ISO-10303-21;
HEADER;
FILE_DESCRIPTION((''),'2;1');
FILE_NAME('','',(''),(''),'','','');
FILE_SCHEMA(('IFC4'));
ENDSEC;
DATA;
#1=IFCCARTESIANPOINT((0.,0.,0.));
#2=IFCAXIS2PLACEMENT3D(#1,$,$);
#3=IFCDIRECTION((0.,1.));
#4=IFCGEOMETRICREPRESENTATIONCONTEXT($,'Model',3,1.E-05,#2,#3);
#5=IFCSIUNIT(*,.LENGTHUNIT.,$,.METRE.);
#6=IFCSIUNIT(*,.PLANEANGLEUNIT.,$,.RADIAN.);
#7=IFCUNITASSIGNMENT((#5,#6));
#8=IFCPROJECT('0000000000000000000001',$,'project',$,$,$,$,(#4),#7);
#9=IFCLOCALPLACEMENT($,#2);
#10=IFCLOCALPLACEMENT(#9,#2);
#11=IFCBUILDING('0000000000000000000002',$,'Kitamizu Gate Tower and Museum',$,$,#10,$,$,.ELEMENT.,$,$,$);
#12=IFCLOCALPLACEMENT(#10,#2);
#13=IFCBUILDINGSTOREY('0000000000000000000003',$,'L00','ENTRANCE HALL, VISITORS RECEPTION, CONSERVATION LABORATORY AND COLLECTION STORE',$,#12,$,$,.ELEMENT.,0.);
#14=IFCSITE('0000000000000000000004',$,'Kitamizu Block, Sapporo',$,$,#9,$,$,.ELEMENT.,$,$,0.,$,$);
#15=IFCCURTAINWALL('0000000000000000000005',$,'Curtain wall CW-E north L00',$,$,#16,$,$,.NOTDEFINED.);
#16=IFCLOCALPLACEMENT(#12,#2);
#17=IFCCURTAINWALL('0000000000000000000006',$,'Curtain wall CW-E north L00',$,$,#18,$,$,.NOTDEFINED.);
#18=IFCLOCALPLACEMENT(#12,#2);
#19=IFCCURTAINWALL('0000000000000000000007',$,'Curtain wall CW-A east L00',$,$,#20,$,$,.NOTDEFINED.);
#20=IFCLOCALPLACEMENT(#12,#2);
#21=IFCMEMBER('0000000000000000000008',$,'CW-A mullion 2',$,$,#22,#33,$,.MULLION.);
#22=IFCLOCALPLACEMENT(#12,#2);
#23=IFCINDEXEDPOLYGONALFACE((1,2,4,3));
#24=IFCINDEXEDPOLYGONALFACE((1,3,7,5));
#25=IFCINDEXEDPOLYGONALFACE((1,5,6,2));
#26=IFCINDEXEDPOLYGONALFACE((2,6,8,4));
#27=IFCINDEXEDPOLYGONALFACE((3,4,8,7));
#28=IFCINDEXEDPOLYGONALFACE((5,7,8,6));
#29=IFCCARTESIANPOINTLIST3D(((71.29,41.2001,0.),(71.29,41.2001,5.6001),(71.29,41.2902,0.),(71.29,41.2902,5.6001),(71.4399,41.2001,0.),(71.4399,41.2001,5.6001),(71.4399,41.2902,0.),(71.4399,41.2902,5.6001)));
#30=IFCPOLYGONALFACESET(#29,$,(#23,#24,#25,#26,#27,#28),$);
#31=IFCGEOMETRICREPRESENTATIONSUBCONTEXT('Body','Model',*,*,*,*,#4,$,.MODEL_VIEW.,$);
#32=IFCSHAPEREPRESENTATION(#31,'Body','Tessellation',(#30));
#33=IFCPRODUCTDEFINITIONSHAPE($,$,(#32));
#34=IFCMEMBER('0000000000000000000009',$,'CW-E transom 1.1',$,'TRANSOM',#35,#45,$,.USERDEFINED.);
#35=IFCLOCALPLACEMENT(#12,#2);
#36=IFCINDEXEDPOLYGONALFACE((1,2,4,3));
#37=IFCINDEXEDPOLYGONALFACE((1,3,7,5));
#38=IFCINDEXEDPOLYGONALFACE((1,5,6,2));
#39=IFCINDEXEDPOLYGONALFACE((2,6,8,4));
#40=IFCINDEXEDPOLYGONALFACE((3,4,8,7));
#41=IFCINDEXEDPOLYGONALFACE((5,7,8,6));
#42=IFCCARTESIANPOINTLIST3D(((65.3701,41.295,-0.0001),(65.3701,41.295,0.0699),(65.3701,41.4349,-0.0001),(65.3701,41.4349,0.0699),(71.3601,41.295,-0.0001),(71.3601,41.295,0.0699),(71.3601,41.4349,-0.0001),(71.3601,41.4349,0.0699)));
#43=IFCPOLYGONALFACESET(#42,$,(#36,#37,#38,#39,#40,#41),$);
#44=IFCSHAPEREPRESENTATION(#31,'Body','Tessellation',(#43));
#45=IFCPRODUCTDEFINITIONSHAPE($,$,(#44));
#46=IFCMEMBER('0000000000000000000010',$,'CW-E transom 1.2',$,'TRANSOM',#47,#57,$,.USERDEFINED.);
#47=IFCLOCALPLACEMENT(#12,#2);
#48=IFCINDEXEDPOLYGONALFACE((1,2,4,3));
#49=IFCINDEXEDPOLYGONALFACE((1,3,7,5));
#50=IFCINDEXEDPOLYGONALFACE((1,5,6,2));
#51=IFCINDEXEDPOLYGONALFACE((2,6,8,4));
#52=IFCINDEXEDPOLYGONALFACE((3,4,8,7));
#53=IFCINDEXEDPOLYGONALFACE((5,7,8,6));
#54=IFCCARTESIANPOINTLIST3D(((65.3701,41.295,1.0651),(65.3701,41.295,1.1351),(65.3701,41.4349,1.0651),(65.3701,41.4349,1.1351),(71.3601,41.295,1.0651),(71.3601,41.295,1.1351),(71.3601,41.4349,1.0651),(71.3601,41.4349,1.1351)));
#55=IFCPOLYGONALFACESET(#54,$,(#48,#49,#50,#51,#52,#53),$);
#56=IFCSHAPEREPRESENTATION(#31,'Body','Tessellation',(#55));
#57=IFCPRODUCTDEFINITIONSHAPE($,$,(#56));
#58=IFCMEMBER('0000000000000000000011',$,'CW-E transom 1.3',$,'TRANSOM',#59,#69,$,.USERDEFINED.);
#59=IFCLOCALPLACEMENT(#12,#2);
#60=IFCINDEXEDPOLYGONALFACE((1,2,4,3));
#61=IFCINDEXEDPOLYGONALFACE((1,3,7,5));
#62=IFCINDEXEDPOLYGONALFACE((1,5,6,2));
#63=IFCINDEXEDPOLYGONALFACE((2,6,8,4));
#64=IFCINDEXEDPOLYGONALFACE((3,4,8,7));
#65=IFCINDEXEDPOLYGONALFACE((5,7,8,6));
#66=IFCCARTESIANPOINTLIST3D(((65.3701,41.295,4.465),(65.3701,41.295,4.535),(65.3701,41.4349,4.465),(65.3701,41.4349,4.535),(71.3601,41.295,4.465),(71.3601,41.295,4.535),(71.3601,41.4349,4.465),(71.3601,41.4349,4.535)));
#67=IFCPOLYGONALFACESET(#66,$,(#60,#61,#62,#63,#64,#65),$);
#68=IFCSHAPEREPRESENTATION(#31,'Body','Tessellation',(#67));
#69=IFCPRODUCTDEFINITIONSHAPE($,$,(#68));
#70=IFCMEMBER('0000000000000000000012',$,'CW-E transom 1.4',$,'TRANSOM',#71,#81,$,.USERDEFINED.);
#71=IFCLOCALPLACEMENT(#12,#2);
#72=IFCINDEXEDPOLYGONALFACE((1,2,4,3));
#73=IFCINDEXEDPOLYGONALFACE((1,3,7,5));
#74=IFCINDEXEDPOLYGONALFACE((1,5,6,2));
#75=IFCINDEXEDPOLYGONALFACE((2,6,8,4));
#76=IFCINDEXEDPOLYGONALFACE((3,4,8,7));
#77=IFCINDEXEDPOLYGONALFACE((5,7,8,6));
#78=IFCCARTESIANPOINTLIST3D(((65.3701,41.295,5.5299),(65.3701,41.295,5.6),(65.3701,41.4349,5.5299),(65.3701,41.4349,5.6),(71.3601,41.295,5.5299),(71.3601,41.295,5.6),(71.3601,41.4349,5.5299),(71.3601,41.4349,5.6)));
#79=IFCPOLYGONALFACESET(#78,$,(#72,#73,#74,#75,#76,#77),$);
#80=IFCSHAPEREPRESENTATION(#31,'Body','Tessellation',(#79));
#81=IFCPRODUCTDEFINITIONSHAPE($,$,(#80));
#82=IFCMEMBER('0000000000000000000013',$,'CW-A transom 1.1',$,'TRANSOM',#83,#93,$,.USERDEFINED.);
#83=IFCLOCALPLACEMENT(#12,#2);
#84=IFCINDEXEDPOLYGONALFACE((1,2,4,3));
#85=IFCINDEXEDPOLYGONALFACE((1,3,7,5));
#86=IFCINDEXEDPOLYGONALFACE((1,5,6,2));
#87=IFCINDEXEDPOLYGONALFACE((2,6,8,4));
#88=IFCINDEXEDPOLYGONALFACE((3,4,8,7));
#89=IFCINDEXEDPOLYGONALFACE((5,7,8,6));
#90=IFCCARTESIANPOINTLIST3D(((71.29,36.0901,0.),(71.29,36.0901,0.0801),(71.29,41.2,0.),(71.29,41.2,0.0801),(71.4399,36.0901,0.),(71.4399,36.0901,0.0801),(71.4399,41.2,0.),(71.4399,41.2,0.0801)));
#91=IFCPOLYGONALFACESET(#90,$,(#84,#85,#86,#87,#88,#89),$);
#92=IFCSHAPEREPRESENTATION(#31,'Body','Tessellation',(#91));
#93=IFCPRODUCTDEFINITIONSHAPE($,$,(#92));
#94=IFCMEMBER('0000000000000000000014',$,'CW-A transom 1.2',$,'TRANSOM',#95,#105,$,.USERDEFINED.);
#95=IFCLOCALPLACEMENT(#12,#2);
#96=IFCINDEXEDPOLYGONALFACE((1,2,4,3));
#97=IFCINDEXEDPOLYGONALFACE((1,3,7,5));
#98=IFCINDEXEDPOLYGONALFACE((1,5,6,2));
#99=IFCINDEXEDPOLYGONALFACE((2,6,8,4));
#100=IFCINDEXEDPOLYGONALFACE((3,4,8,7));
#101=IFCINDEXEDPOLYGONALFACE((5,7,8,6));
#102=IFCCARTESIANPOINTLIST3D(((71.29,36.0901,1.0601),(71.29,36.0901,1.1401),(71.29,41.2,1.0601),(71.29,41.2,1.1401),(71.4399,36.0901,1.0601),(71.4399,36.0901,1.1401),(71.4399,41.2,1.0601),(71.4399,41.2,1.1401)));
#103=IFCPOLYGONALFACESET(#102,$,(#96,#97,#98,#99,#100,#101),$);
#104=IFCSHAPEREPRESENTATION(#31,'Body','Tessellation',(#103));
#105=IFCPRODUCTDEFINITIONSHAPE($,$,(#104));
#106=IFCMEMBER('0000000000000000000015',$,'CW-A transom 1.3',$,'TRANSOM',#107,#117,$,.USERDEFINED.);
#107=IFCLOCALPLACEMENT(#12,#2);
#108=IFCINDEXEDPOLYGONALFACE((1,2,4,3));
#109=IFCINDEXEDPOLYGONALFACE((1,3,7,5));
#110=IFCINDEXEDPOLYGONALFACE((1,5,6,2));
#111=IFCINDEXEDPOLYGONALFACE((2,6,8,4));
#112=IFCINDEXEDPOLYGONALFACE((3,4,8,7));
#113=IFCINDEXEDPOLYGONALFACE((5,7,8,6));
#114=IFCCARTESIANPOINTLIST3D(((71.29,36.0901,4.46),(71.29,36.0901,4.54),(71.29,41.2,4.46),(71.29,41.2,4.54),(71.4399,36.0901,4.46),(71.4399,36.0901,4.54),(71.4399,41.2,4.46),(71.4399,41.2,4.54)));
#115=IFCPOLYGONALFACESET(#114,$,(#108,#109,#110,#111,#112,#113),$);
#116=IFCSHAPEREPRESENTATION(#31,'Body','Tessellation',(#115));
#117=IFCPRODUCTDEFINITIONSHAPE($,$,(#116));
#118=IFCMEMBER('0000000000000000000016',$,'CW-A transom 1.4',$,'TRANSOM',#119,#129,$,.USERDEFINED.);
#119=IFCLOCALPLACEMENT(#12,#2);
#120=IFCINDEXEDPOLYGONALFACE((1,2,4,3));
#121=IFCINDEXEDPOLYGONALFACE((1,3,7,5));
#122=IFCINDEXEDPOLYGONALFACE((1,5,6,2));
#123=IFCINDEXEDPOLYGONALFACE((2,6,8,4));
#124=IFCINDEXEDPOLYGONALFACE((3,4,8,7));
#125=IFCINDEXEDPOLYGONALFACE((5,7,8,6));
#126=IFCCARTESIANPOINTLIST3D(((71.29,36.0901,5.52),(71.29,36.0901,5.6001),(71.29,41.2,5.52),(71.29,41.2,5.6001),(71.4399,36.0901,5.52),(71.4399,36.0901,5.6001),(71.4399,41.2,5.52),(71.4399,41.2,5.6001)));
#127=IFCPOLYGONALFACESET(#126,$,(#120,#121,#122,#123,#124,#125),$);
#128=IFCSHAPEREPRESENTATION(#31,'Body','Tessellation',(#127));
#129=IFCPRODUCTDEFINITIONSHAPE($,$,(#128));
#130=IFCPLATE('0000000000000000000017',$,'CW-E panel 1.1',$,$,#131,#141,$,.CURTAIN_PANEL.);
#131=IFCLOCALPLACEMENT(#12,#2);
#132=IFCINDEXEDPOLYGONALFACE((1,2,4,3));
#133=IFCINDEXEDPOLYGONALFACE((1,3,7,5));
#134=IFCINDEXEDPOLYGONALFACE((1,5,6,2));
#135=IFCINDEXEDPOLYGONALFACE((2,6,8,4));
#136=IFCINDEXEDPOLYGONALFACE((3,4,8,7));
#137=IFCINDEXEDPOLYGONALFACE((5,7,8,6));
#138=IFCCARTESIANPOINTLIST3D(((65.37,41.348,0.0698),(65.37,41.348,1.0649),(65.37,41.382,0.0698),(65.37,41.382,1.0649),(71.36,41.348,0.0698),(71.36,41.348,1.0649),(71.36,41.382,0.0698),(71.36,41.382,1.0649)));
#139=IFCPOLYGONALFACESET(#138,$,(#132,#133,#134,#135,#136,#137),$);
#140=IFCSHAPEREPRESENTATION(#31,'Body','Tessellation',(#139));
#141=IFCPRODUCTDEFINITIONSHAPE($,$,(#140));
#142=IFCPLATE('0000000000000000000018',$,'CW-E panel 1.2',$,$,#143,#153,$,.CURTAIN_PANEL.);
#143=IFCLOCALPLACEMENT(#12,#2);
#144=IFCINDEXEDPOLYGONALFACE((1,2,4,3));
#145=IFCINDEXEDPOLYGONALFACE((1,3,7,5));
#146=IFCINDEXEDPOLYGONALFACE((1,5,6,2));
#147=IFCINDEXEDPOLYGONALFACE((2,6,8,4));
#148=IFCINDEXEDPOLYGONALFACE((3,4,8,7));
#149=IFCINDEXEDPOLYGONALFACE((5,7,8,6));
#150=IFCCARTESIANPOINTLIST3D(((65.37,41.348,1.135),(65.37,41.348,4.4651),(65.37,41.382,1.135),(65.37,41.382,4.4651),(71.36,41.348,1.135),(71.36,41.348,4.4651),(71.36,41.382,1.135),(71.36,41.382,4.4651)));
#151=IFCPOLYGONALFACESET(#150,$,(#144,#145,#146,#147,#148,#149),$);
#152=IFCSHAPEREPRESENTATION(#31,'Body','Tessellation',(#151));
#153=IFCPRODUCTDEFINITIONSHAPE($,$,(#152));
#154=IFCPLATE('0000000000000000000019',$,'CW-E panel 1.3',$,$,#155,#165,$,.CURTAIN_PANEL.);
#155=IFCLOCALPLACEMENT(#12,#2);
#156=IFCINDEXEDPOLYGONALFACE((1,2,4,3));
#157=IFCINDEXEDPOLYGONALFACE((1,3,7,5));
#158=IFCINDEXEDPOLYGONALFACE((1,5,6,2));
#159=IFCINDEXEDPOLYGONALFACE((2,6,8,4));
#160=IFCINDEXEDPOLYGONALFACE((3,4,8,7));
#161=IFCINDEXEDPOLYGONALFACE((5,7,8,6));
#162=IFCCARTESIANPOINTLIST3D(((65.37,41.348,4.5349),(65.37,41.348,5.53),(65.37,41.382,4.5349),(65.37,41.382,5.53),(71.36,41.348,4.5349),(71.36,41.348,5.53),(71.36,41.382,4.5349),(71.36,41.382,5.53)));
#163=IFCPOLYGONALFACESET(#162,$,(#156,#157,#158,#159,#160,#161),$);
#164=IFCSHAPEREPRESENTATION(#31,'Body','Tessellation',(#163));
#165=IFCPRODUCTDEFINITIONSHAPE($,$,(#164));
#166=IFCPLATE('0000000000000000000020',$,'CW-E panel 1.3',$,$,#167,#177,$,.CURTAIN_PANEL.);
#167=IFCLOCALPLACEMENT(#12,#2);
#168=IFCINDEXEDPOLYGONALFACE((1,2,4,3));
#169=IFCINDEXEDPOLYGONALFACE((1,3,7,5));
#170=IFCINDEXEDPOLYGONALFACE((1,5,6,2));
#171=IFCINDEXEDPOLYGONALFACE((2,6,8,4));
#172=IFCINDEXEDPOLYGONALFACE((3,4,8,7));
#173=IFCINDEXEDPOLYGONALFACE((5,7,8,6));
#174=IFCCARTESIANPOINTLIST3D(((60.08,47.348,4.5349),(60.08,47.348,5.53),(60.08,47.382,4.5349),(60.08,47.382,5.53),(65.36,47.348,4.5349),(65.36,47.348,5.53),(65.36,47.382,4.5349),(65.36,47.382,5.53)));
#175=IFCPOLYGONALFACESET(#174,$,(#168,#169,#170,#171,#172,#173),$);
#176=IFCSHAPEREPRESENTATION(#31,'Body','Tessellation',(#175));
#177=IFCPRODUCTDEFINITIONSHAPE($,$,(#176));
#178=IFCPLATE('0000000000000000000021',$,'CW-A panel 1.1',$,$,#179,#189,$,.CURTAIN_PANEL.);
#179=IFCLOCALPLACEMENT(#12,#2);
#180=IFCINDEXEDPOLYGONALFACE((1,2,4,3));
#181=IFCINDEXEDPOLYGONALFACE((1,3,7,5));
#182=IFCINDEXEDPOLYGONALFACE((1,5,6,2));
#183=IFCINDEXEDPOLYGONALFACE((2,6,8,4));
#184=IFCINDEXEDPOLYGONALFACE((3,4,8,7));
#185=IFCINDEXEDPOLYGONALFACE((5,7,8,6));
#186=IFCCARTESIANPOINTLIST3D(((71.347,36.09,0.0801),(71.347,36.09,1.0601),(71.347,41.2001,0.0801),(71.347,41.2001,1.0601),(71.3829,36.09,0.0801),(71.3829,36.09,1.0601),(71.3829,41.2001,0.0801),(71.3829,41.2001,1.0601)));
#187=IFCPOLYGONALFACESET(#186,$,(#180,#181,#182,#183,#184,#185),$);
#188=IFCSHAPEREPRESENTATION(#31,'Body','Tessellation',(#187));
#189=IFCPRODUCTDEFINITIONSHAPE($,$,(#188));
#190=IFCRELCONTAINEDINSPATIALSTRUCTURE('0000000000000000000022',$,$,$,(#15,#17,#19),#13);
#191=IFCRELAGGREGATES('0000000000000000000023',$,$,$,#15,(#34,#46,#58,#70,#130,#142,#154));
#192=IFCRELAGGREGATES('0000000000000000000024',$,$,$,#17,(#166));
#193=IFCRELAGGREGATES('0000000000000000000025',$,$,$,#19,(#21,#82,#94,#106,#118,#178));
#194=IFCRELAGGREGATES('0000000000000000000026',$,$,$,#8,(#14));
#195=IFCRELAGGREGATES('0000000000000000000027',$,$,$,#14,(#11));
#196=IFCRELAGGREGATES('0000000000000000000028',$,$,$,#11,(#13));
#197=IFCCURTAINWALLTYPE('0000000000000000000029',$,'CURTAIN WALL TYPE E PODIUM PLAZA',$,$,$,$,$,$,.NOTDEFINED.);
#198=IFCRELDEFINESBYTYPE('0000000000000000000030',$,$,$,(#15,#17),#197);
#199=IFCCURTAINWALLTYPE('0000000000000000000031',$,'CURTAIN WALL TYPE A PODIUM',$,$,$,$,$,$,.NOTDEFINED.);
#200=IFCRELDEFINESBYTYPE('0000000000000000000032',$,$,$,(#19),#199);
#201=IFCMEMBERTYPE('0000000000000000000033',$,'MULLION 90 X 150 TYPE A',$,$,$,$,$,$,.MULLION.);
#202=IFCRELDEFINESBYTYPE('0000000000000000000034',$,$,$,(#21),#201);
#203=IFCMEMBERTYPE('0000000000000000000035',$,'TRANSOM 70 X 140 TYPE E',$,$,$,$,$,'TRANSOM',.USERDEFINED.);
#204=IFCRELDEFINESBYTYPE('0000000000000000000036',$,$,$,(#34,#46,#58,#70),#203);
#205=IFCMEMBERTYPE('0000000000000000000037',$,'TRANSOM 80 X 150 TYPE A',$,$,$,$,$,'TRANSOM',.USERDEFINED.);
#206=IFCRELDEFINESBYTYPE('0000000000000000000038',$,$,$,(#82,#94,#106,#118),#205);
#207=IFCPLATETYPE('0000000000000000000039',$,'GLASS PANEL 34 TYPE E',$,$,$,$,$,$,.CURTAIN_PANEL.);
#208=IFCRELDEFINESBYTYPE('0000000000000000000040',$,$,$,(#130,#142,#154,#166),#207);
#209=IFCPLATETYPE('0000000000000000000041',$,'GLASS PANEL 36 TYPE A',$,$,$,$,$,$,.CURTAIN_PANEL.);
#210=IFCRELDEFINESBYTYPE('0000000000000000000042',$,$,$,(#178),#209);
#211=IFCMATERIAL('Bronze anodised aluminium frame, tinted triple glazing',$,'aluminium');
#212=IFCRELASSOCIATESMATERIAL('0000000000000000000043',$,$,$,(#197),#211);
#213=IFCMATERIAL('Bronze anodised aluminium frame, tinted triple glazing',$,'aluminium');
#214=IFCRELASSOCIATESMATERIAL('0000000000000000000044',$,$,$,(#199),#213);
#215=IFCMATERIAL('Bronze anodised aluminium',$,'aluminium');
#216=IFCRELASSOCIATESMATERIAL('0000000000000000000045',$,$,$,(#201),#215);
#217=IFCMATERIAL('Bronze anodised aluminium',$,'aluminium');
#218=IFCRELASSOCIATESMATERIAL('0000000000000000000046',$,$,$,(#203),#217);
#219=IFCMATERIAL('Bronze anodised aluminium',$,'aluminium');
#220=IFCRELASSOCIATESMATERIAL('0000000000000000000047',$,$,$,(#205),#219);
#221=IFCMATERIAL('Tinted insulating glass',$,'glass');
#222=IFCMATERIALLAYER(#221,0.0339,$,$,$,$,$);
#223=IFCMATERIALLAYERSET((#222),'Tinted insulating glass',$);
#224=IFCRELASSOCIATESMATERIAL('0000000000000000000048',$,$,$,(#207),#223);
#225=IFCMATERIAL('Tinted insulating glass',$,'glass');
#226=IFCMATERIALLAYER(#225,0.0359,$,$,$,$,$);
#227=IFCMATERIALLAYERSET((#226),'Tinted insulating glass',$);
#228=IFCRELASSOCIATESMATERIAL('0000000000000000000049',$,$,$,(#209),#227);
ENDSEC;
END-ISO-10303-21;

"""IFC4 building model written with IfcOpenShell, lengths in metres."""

from ifc_helpers import new_model, si_unit, direction, frame, origin, origin_2d, place, context, subcontext, project, spatial, rectangle, extrude, material, layer, layer_set, material_profile, profile_set, type_object, element, aggregate, save


model = new_model("IFC4")

# Units and contexts
model_context = context("Model", 3, precision=1e-05, world=origin(), true_north=direction((0.0, 1.0)))
body_context = subcontext(model_context, "Body", "Model", "MODEL_VIEW")
ifc_project = project(units=[si_unit("LENGTHUNIT", "METRE"), si_unit("PLANEANGLEUNIT", "RADIAN")], contexts=[model_context])

# Site, building, storey
site_placement = place(None, origin())
site = spatial("IfcSite", under=ifc_project, at=site_placement, Name="Kitamizu Block, Sapporo", CompositionType="ELEMENT", RefElevation=0.0)
building_placement = place(site_placement, origin())
building = spatial("IfcBuilding", under=site, at=building_placement, Name="Kitamizu Gate Tower and Museum", CompositionType="ELEMENT")
storey_placement = place(building_placement, origin())
storey = spatial("IfcBuildingStorey", under=building, at=storey_placement, Name="L00", Description="ENTRANCE HALL, VISITORS RECEPTION, CONSERVATION LABORATORY AND COLLECTION STORE", CompositionType="ELEMENT", Elevation=0.0)

# Curtain wall
ifc_material_1 = material(Name="Bronze anodised aluminium frame, tinted triple glazing", Category="aluminium")
curtain_wall_type_1 = type_object("IfcCurtainWallType", Name="CURTAIN WALL TYPE E PODIUM PLAZA", PredefinedType="NOTDEFINED", material=ifc_material_1)
curtain_wall_1_placement = place(storey_placement, origin())
curtain_wall_1 = element("IfcCurtainWall", 1, at=curtain_wall_1_placement, inside=storey, type_object=curtain_wall_type_1, Name="Curtain wall CW-E north L00", PredefinedType="NOTDEFINED")

# Curtain wall
curtain_wall_2_placement = place(storey_placement, origin())
curtain_wall_2 = element("IfcCurtainWall", 2, at=curtain_wall_2_placement, inside=storey, type_object=curtain_wall_type_1, Name="Curtain wall CW-E north L00", PredefinedType="NOTDEFINED")

# Curtain wall, member
ifc_material_2 = material(Name="Bronze anodised aluminium frame, tinted triple glazing", Category="aluminium")
curtain_wall_type_2 = type_object("IfcCurtainWallType", Name="CURTAIN WALL TYPE A PODIUM", PredefinedType="NOTDEFINED", material=ifc_material_2)
curtain_wall_3_placement = place(storey_placement, origin())
curtain_wall_3 = element("IfcCurtainWall", 3, at=curtain_wall_3_placement, inside=storey, type_object=curtain_wall_type_2, Name="Curtain wall CW-A east L00", PredefinedType="NOTDEFINED")
ifc_material_3 = material(Name="Bronze anodised aluminium", Category="aluminium")
ifc_material_profile_1 = material_profile(ifc_material_3, rectangle(XDim=0.0901, YDim=0.1499, at=origin_2d()), Name="AL 90X150")
ifc_profile_set_1 = profile_set([ifc_material_profile_1], Name="Bronze anodised aluminium")
member_type_1 = type_object("IfcMemberType", Name="MULLION 90 X 150 TYPE A", PredefinedType="MULLION", material=ifc_profile_set_1)
member_1_placement = place(storey_placement, frame((71.365, 41.2451, 0.0), z_axis=(0.0, 0.0, 1.0), x_axis=(0.0, 1.0, 0.0)))
member_1 = element("IfcMember", 4, at=member_1_placement, type_object=member_type_1, Name="CW-A mullion 2", PredefinedType="MULLION", context=body_context, shape_type="SweptSolid", body=[
    extrude(rectangle(XDim=0.0901, YDim=0.1499, at=origin_2d()), origin(), (0.0, 0.0, 1.0), 5.6001),
])

# Members
ifc_material_4 = material(Name="Bronze anodised aluminium", Category="aluminium")
ifc_material_profile_2 = material_profile(ifc_material_4, rectangle(XDim=0.1399, YDim=0.0701, at=origin_2d()), Name="AL 70X140")
ifc_profile_set_2 = profile_set([ifc_material_profile_2], Name="Bronze anodised aluminium")
member_type_2 = type_object("IfcMemberType", Name="TRANSOM 70 X 140 TYPE E", ElementType="TRANSOM", PredefinedType="USERDEFINED", material=ifc_profile_set_2)
member_2_placement = place(storey_placement, frame((65.3701, 41.365, 0.0349), z_axis=(1.0, 0.0, 0.0), x_axis=(0.0, 1.0, 0.0)))
member_2 = element("IfcMember", 5, at=member_2_placement, type_object=member_type_2, Name="CW-E transom 1.1", ObjectType="TRANSOM", PredefinedType="USERDEFINED", context=body_context, shape_type="SweptSolid", body=[
    extrude(rectangle(XDim=0.1399, YDim=0.0701, at=origin_2d()), origin(), (0.0, 0.0, 1.0), 5.99),
])
member_3_placement = place(storey_placement, frame((65.3701, 41.365, 1.1001), z_axis=(1.0, 0.0, 0.0), x_axis=(0.0, 1.0, 0.0)))
member_3 = element("IfcMember", 6, at=member_3_placement, type_object=member_type_2, Name="CW-E transom 1.2", ObjectType="TRANSOM", PredefinedType="USERDEFINED", context=body_context, shape_type="SweptSolid", body=[
    extrude(rectangle(XDim=0.1399, YDim=0.0701, at=origin_2d()), origin(), (0.0, 0.0, 1.0), 5.99),
])
member_4_placement = place(storey_placement, frame((65.3701, 41.365, 4.5), z_axis=(1.0, 0.0, 0.0), x_axis=(0.0, 1.0, 0.0)))
member_4 = element("IfcMember", 7, at=member_4_placement, type_object=member_type_2, Name="CW-E transom 1.3", ObjectType="TRANSOM", PredefinedType="USERDEFINED", context=body_context, shape_type="SweptSolid", body=[
    extrude(rectangle(XDim=0.1399, YDim=0.0701, at=origin_2d()), origin(), (0.0, 0.0, 1.0), 5.99),
])
member_5_placement = place(storey_placement, frame((65.3701, 41.365, 5.5649), z_axis=(1.0, 0.0, 0.0), x_axis=(0.0, 1.0, 0.0)))
member_5 = element("IfcMember", 8, at=member_5_placement, type_object=member_type_2, Name="CW-E transom 1.4", ObjectType="TRANSOM", PredefinedType="USERDEFINED", context=body_context, shape_type="SweptSolid", body=[
    extrude(rectangle(XDim=0.1399, YDim=0.0701, at=origin_2d()), origin(), (0.0, 0.0, 1.0), 5.99),
])
ifc_material_5 = material(Name="Bronze anodised aluminium", Category="aluminium")
ifc_material_profile_3 = material_profile(ifc_material_5, rectangle(XDim=0.1499, YDim=0.0801, at=origin_2d()), Name="AL 80X150")
ifc_profile_set_3 = profile_set([ifc_material_profile_3], Name="Bronze anodised aluminium")
member_type_3 = type_object("IfcMemberType", Name="TRANSOM 80 X 150 TYPE A", ElementType="TRANSOM", PredefinedType="USERDEFINED", material=ifc_profile_set_3)
member_6_placement = place(storey_placement, frame((71.365, 36.0901, 0.04), z_axis=(0.0, 1.0, 0.0), x_axis=(-1.0, 0.0, 0.0)))
member_6 = element("IfcMember", 9, at=member_6_placement, type_object=member_type_3, Name="CW-A transom 1.1", ObjectType="TRANSOM", PredefinedType="USERDEFINED", context=body_context, shape_type="SweptSolid", body=[
    extrude(rectangle(XDim=0.1499, YDim=0.0801, at=origin_2d()), origin(), (0.0, 0.0, 1.0), 5.1099),
])
member_7_placement = place(storey_placement, frame((71.365, 36.0901, 1.1001), z_axis=(0.0, 1.0, 0.0), x_axis=(-1.0, 0.0, 0.0)))
member_7 = element("IfcMember", 10, at=member_7_placement, type_object=member_type_3, Name="CW-A transom 1.2", ObjectType="TRANSOM", PredefinedType="USERDEFINED", context=body_context, shape_type="SweptSolid", body=[
    extrude(rectangle(XDim=0.1499, YDim=0.0801, at=origin_2d()), origin(), (0.0, 0.0, 1.0), 5.1099),
])
member_8_placement = place(storey_placement, frame((71.365, 36.0901, 4.5), z_axis=(0.0, 1.0, 0.0), x_axis=(-1.0, 0.0, 0.0)))
member_8 = element("IfcMember", 11, at=member_8_placement, type_object=member_type_3, Name="CW-A transom 1.3", ObjectType="TRANSOM", PredefinedType="USERDEFINED", context=body_context, shape_type="SweptSolid", body=[
    extrude(rectangle(XDim=0.1499, YDim=0.0801, at=origin_2d()), origin(), (0.0, 0.0, 1.0), 5.1099),
])
member_9_placement = place(storey_placement, frame((71.365, 36.0901, 5.5601), z_axis=(0.0, 1.0, 0.0), x_axis=(-1.0, 0.0, 0.0)))
member_9 = element("IfcMember", 12, at=member_9_placement, type_object=member_type_3, Name="CW-A transom 1.4", ObjectType="TRANSOM", PredefinedType="USERDEFINED", context=body_context, shape_type="SweptSolid", body=[
    extrude(rectangle(XDim=0.1499, YDim=0.0801, at=origin_2d()), origin(), (0.0, 0.0, 1.0), 5.1099),
])

# Plates
ifc_material_6 = material(Name="Tinted insulating glass", Category="glass")
ifc_layer_1 = layer(ifc_material_6, 0.0339)
ifc_layer_set_1 = layer_set([ifc_layer_1], Name="Tinted insulating glass")
plate_type_1 = type_object("IfcPlateType", Name="GLASS PANEL 34 TYPE E", PredefinedType="CURTAIN_PANEL", material=ifc_layer_set_1)
plate_1_placement = place(storey_placement, frame((68.365, 41.365, 0.0698), z_axis=(0.0, 0.0, 1.0), x_axis=(1.0, 0.0, 0.0)))
plate_1 = element("IfcPlate", 13, at=plate_1_placement, type_object=plate_type_1, Name="CW-E panel 1.1", PredefinedType="CURTAIN_PANEL", context=body_context, shape_type="SweptSolid", body=[
    extrude(rectangle(XDim=5.99, YDim=0.0339, at=origin_2d()), origin(), (0.0, 0.0, 1.0), 0.9951),
])
plate_2_placement = place(storey_placement, frame((68.365, 41.365, 1.135), z_axis=(0.0, 0.0, 1.0), x_axis=(1.0, 0.0, 0.0)))
plate_2 = element("IfcPlate", 14, at=plate_2_placement, type_object=plate_type_1, Name="CW-E panel 1.2", PredefinedType="CURTAIN_PANEL", context=body_context, shape_type="SweptSolid", body=[
    extrude(rectangle(XDim=5.99, YDim=0.0339, at=origin_2d()), origin(), (0.0, 0.0, 1.0), 3.3301),
])
plate_3_placement = place(storey_placement, frame((68.365, 41.365, 4.5349), z_axis=(0.0, 0.0, 1.0), x_axis=(1.0, 0.0, 0.0)))
plate_3 = element("IfcPlate", 15, at=plate_3_placement, type_object=plate_type_1, Name="CW-E panel 1.3", PredefinedType="CURTAIN_PANEL", context=body_context, shape_type="SweptSolid", body=[
    extrude(rectangle(XDim=5.99, YDim=0.0339, at=origin_2d()), origin(), (0.0, 0.0, 1.0), 0.9951),
])
aggregate(curtain_wall_1, [member_2, member_3, member_4, member_5, plate_1, plate_2, plate_3])
plate_4_placement = place(storey_placement, frame((62.72, 47.365, 4.5349), z_axis=(0.0, 0.0, 1.0), x_axis=(1.0, 0.0, 0.0)))
plate_4 = element("IfcPlate", 16, at=plate_4_placement, type_object=plate_type_1, Name="CW-E panel 1.3", PredefinedType="CURTAIN_PANEL", context=body_context, shape_type="SweptSolid", body=[
    extrude(rectangle(XDim=5.28, YDim=0.0339, at=origin_2d()), origin(), (0.0, 0.0, 1.0), 0.9951),
])
aggregate(curtain_wall_2, [plate_4])
ifc_material_7 = material(Name="Tinted insulating glass", Category="glass")
ifc_layer_2 = layer(ifc_material_7, 0.0359)
ifc_layer_set_2 = layer_set([ifc_layer_2], Name="Tinted insulating glass")
plate_type_2 = type_object("IfcPlateType", Name="GLASS PANEL 36 TYPE A", PredefinedType="CURTAIN_PANEL", material=ifc_layer_set_2)
plate_5_placement = place(storey_placement, frame((71.365, 38.645, 0.0801), z_axis=(0.0, 0.0, 1.0), x_axis=(0.0, 1.0, 0.0)))
plate_5 = element("IfcPlate", 17, at=plate_5_placement, type_object=plate_type_2, Name="CW-A panel 1.1", PredefinedType="CURTAIN_PANEL", context=body_context, shape_type="SweptSolid", body=[
    extrude(rectangle(XDim=5.1101, YDim=0.0359, at=origin_2d()), origin(), (0.0, 0.0, 1.0), 0.98),
])
aggregate(curtain_wall_3, [member_1, member_6, member_7, member_8, member_9, plate_5])

save(model, "model.ifc")
